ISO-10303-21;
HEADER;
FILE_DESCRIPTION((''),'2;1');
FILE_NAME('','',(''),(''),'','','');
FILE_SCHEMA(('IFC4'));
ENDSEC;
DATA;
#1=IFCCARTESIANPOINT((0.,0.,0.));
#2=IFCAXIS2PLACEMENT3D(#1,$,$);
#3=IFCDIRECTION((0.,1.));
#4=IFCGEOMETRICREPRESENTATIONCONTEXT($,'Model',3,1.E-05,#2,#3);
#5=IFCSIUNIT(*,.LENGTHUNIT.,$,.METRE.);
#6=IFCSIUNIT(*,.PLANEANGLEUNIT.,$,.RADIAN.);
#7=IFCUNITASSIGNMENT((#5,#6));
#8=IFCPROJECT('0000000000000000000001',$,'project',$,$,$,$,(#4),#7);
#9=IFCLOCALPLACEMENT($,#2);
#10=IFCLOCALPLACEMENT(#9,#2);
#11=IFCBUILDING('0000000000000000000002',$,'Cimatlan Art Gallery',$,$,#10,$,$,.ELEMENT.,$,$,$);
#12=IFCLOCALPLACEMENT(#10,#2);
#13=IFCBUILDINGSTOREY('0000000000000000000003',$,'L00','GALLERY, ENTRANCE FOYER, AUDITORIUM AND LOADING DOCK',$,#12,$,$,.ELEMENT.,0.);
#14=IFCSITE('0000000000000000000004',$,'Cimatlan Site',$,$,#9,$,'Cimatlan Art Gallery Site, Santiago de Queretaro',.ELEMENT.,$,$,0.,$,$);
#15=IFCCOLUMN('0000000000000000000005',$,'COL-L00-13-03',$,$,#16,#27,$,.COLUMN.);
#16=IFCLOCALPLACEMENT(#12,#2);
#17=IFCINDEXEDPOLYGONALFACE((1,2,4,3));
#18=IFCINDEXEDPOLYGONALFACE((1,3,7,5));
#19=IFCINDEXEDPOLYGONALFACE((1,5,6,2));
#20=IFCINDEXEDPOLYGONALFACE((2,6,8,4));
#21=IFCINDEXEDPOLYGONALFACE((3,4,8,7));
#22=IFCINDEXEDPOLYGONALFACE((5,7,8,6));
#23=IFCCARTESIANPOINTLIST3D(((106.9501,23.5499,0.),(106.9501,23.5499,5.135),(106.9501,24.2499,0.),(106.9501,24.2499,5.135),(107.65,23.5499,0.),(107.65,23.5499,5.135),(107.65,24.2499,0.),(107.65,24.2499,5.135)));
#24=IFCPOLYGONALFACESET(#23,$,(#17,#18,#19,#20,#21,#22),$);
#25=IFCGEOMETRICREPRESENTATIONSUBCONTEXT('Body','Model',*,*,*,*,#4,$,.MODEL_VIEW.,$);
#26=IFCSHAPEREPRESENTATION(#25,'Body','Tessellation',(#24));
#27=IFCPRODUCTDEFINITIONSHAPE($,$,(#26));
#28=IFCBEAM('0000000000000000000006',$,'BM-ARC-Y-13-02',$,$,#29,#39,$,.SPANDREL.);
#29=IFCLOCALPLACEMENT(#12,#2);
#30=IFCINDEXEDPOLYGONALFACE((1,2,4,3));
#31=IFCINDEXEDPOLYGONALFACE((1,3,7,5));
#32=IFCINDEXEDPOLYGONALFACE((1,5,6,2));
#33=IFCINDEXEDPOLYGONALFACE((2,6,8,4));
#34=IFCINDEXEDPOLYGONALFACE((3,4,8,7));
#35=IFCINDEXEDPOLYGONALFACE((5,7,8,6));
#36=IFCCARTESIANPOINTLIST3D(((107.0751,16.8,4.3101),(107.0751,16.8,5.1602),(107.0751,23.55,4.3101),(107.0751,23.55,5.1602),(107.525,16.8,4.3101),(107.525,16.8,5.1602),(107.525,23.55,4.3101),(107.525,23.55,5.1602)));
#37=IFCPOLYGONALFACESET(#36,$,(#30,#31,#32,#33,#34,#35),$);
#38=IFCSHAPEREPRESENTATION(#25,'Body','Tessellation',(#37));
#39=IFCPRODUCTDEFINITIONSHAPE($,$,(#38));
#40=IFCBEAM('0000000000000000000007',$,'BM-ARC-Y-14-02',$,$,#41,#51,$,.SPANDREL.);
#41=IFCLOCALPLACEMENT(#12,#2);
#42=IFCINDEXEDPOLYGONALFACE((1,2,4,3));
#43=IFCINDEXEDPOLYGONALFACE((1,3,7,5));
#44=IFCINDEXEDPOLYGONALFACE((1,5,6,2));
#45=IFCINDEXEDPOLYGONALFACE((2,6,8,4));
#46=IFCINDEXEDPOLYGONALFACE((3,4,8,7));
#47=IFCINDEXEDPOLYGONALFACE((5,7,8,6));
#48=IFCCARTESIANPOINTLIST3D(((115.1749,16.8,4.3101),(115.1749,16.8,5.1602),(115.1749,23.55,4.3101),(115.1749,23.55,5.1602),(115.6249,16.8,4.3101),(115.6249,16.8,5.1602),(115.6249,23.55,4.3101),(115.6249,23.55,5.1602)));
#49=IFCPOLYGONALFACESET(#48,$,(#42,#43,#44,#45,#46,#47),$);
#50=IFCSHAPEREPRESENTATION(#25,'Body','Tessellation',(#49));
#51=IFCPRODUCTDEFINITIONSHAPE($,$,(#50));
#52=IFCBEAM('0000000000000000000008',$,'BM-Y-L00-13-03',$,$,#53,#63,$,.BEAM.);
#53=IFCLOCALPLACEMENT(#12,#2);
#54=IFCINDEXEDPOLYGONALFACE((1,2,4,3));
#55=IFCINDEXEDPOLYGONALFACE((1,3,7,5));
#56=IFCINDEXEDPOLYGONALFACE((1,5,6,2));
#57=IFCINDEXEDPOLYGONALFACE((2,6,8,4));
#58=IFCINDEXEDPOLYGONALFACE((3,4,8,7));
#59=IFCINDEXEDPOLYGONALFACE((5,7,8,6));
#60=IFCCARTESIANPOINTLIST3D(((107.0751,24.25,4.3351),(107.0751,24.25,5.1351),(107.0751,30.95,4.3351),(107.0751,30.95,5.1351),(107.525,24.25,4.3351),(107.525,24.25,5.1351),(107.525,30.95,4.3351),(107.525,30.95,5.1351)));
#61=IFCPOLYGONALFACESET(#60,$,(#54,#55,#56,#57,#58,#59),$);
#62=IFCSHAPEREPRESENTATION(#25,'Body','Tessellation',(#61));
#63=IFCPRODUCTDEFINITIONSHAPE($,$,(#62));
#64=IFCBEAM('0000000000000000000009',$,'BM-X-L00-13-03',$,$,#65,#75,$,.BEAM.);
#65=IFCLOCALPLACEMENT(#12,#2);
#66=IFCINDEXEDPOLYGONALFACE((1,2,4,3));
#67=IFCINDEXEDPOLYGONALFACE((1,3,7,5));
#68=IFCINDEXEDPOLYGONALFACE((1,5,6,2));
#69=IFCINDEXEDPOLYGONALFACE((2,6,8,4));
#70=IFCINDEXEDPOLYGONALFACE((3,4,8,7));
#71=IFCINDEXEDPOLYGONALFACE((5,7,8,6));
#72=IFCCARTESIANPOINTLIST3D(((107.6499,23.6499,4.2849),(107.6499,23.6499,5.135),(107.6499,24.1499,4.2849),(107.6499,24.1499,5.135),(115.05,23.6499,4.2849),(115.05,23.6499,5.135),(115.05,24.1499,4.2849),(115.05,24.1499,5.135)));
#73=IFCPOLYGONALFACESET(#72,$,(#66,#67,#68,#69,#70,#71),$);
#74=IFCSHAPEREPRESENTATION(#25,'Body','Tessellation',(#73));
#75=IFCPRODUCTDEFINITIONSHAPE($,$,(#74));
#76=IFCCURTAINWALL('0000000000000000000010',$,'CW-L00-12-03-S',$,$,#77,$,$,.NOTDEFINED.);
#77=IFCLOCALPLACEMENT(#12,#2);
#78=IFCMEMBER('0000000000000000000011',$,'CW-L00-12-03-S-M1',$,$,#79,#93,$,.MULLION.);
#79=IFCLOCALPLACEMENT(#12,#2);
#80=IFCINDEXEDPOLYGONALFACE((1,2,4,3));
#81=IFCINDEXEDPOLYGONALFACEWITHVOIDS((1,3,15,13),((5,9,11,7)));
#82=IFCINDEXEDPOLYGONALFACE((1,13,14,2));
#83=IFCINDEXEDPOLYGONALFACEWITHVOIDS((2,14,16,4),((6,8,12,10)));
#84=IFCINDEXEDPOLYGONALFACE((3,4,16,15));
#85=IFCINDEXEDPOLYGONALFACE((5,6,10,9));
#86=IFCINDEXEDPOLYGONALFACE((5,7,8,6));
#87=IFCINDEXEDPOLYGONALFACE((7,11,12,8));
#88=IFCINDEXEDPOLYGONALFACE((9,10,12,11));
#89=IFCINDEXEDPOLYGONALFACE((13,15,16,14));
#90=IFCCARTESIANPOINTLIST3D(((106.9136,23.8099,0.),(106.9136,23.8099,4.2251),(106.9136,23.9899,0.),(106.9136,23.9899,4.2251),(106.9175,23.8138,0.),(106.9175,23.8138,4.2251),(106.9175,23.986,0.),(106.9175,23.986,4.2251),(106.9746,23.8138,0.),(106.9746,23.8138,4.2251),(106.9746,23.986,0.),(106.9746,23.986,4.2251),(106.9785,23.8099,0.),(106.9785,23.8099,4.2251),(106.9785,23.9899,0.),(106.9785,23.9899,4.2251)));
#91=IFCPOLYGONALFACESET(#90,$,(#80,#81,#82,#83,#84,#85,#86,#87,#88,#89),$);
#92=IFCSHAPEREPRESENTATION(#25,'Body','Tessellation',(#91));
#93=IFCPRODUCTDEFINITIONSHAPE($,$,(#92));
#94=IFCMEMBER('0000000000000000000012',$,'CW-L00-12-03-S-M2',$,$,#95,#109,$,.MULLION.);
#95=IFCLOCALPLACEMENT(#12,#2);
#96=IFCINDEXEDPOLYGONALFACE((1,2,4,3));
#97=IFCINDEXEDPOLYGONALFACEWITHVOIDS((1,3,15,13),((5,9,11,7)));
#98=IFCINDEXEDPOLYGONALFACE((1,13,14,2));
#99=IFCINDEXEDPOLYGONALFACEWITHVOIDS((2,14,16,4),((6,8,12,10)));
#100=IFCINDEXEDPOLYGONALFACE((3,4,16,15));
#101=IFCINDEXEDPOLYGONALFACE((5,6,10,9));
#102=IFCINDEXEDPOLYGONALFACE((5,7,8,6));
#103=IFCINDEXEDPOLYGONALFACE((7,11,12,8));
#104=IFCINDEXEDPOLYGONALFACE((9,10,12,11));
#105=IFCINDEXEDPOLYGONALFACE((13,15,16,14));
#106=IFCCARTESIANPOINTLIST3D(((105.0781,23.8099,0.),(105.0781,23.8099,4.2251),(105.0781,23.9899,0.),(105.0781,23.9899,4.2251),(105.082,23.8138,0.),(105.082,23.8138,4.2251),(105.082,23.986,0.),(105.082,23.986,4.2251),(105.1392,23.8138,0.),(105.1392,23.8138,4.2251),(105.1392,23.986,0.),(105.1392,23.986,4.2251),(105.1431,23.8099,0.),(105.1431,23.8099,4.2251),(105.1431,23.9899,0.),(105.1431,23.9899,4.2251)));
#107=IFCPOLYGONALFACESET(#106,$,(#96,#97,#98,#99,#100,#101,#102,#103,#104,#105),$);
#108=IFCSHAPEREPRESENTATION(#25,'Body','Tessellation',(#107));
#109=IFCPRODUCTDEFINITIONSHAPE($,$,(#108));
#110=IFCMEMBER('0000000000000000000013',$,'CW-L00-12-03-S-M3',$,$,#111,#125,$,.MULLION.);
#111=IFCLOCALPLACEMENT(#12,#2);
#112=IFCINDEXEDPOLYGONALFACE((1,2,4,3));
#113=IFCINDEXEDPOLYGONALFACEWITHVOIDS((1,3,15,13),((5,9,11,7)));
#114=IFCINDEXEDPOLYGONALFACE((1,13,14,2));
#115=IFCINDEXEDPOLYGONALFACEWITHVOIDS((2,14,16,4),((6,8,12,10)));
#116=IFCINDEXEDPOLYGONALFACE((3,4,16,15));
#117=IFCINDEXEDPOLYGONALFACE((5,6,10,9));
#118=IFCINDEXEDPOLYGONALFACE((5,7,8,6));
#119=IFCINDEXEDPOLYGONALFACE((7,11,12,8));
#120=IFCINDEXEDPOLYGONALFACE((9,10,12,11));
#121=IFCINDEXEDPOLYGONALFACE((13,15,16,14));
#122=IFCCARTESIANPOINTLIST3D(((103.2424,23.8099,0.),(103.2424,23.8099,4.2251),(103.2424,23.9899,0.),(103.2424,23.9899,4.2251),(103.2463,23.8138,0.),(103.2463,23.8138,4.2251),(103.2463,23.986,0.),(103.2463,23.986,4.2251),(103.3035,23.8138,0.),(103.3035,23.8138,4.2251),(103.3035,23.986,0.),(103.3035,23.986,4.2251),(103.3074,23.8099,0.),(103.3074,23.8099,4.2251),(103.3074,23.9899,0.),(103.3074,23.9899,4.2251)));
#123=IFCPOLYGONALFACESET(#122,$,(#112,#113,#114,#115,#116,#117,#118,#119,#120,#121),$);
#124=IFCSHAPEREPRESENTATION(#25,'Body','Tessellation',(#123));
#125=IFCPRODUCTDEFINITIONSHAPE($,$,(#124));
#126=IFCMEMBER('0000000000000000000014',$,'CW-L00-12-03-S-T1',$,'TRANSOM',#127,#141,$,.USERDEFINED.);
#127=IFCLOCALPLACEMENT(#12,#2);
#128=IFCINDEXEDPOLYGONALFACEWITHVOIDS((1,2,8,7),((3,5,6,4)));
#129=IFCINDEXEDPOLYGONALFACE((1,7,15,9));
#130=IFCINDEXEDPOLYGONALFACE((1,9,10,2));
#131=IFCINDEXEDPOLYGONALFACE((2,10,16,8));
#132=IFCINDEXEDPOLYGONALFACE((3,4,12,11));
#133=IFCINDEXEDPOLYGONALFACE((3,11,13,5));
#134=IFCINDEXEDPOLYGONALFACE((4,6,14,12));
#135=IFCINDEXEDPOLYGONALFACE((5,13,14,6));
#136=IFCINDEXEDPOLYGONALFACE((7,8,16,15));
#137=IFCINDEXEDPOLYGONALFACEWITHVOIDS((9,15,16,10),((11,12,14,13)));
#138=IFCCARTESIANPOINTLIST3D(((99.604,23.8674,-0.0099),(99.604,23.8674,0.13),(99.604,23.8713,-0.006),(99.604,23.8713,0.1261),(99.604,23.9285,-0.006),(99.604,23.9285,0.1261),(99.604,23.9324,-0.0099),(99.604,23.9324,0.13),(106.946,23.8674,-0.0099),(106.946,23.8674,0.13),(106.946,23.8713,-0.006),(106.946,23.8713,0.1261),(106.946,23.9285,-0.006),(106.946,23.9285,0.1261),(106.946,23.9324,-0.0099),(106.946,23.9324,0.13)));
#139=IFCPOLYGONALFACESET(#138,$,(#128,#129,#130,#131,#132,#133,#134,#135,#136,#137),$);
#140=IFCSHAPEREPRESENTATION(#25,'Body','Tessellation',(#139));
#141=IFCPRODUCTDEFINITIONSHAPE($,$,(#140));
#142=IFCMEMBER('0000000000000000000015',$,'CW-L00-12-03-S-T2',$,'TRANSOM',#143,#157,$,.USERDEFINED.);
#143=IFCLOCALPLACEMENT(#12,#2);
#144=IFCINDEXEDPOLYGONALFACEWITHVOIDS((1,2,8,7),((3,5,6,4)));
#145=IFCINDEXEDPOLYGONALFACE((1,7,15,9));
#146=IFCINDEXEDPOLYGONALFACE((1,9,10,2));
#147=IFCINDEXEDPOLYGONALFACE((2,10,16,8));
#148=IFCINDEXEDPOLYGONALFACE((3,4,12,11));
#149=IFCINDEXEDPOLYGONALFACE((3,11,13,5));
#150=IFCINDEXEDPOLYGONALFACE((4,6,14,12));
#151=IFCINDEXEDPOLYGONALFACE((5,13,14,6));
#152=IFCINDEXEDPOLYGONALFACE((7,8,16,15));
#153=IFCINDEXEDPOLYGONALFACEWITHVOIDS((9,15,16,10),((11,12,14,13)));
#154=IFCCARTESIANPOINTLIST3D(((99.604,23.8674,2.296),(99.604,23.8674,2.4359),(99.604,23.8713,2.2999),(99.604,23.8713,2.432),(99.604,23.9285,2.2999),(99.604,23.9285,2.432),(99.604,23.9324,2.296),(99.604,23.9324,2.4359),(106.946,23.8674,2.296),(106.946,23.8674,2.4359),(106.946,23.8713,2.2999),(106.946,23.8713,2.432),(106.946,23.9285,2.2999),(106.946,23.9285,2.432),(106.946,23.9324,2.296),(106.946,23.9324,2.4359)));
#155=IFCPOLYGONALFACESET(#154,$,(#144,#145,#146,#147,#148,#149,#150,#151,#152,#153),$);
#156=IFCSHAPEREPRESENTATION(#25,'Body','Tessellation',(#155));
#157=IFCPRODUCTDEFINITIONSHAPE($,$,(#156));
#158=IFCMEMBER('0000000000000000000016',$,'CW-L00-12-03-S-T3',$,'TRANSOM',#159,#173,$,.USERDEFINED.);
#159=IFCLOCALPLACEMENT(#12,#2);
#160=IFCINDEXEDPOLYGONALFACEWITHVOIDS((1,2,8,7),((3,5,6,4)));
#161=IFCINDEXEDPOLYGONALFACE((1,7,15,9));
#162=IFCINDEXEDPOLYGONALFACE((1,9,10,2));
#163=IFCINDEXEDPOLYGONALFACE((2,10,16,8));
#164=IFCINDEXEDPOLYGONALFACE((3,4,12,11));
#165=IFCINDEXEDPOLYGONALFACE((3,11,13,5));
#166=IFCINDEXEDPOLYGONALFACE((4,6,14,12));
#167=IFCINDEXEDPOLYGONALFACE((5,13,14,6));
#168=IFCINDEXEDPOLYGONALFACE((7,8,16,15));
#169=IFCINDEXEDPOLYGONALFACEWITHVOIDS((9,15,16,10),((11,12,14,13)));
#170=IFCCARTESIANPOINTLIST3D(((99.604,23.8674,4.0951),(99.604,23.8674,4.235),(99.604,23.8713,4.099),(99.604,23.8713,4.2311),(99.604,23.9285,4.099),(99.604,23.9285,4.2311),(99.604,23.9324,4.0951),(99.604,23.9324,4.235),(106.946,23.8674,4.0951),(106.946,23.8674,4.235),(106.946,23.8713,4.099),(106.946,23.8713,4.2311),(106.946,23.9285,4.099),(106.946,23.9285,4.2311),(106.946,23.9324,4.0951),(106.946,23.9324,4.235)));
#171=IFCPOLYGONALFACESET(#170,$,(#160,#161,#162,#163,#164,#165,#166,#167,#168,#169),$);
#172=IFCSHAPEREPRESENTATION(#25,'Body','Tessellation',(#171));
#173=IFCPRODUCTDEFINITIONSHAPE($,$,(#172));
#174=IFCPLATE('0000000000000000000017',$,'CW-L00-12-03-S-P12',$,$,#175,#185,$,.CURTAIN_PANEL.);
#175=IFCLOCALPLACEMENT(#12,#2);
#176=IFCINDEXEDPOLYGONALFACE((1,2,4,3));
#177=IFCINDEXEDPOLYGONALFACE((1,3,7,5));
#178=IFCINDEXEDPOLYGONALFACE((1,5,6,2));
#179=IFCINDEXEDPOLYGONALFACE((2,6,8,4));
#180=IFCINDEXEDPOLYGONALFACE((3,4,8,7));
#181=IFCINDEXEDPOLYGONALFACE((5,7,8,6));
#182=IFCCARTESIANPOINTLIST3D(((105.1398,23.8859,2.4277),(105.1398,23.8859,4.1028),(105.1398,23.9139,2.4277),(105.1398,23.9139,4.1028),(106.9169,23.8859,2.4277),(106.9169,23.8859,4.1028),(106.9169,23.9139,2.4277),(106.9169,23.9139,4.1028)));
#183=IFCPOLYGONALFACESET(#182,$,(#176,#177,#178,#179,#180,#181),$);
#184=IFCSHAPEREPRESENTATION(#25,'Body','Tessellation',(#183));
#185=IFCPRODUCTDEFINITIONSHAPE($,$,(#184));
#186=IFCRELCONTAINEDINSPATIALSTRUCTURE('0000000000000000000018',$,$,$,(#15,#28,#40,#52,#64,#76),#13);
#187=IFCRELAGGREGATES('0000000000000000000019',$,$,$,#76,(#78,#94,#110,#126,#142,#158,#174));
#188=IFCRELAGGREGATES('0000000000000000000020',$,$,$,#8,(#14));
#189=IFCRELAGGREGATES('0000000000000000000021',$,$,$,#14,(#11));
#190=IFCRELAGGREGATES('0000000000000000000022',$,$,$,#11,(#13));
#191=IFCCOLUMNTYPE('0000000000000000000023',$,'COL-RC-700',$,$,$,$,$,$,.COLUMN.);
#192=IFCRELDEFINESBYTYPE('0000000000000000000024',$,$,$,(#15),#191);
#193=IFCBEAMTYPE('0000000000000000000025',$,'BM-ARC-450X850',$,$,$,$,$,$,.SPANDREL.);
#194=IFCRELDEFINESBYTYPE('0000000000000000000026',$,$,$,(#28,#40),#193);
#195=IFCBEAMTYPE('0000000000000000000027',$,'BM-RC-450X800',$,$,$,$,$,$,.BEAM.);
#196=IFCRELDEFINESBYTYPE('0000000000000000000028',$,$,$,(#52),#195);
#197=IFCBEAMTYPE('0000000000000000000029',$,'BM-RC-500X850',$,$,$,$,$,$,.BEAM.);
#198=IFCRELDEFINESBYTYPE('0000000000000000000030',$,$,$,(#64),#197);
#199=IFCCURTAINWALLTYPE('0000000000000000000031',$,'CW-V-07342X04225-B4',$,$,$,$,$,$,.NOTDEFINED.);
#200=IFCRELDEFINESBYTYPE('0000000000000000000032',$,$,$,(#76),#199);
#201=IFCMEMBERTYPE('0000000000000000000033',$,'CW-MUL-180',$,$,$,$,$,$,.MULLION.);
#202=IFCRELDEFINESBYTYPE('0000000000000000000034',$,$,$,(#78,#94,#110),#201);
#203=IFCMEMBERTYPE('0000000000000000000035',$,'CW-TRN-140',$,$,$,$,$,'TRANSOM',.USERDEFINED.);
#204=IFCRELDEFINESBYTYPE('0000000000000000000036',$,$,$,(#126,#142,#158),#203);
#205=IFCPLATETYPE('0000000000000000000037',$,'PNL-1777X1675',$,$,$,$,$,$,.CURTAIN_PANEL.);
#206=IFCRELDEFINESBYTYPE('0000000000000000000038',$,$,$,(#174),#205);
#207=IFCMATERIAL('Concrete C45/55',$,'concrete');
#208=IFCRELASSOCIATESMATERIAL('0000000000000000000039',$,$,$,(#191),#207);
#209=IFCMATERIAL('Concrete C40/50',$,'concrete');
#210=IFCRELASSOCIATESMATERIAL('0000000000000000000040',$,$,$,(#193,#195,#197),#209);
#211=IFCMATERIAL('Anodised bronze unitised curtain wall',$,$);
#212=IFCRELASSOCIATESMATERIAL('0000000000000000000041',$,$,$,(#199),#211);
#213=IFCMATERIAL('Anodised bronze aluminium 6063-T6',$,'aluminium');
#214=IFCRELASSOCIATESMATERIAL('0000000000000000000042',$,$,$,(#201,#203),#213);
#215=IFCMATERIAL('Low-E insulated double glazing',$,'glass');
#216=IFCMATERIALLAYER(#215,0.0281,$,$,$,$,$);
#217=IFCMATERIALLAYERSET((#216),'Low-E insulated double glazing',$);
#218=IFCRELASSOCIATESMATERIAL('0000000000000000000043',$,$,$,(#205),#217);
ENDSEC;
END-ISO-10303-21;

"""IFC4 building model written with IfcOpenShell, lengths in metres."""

from ifc_helpers import new_model, si_unit, direction, frame, origin, origin_2d, place, context, subcontext, project, spatial, rectangle, hollow_rectangle, extrude, material, layer, layer_set, material_profile, profile_set, type_object, element, aggregate, save


model = new_model("IFC4")

# Units and contexts
model_context = context("Model", 3, precision=1e-05, world=origin(), true_north=direction((0.0, 1.0)))
body_context = subcontext(model_context, "Body", "Model", "MODEL_VIEW")
ifc_project = project(units=[si_unit("LENGTHUNIT", "METRE"), si_unit("PLANEANGLEUNIT", "RADIAN")], contexts=[model_context])

# Site, building, storey
site_placement = place(None, origin())
site = spatial("IfcSite", under=ifc_project, at=site_placement, Name="Cimatlan Site", LongName="Cimatlan Art Gallery Site, Santiago de Queretaro", CompositionType="ELEMENT", RefElevation=0.0)
building_placement = place(site_placement, origin())
building = spatial("IfcBuilding", under=site, at=building_placement, Name="Cimatlan Art Gallery", CompositionType="ELEMENT")
storey_placement = place(building_placement, origin())
storey = spatial("IfcBuildingStorey", under=building, at=storey_placement, Name="L00", Description="GALLERY, ENTRANCE FOYER, AUDITORIUM AND LOADING DOCK", CompositionType="ELEMENT", Elevation=0.0)

# Column
ifc_material_1 = material(Name="Concrete C45/55", Category="concrete")
ifc_material_profile_1 = material_profile(ifc_material_1, rectangle(XDim=0.7, YDim=0.7, at=origin_2d()), Name="RC700X700")
ifc_profile_set_1 = profile_set([ifc_material_profile_1], Name="Concrete C45/55")
column_type = type_object("IfcColumnType", Name="COL-RC-700", PredefinedType="COLUMN", material=ifc_profile_set_1)
column_placement = place(storey_placement, frame((107.3, 23.8999, 0.0), z_axis=(0.0, 0.0, 1.0), x_axis=(1.0, 0.0, 0.0)))
element("IfcColumn", 1, at=column_placement, inside=storey, type_object=column_type, Name="COL-L00-13-03", PredefinedType="COLUMN", context=body_context, shape_type="SweptSolid", body=[
    extrude(rectangle(XDim=0.7, YDim=0.7, at=origin_2d()), origin(), (0.0, 0.0, 1.0), 5.135),
])

# Beams
ifc_material_2 = material(Name="Concrete C40/50", Category="concrete")
ifc_material_profile_2 = material_profile(ifc_material_2, rectangle(XDim=0.45, YDim=0.8501, at=origin_2d()), Name="RC450X850")
ifc_profile_set_2 = profile_set([ifc_material_profile_2], Name="Concrete C40/50")
beam_type_1 = type_object("IfcBeamType", Name="BM-ARC-450X850", PredefinedType="SPANDREL", material=ifc_profile_set_2)
for number, where, z_axis, x_axis, name in (
    (2, (107.3, 16.8, 4.7351), (0.0, 1.0, 0.0), (-1.0, 0.0, 0.0), "BM-ARC-Y-13-02"),
    (3, (115.3999, 16.8, 4.7351), (0.0, 1.0, 0.0), (-1.0, 0.0, 0.0), "BM-ARC-Y-14-02"),
):
    element("IfcBeam", number, at=place(storey_placement, frame(where, z_axis=z_axis, x_axis=x_axis)), inside=storey, type_object=beam_type_1, Name=name, PredefinedType="SPANDREL", context=body_context, shape_type="SweptSolid", body=[
        extrude(rectangle(XDim=0.45, YDim=0.8501, at=origin_2d()), origin(), (0.0, 0.0, 1.0), 6.75),
    ])
ifc_material_profile_3 = material_profile(ifc_material_2, rectangle(XDim=0.45, YDim=0.8, at=origin_2d()), Name="RC450X800")
ifc_profile_set_3 = profile_set([ifc_material_profile_3], Name="Concrete C40/50")
beam_type_2 = type_object("IfcBeamType", Name="BM-RC-450X800", PredefinedType="BEAM", material=ifc_profile_set_3)
beam_1_placement = place(storey_placement, frame((107.3, 24.25, 4.7351), z_axis=(0.0, 1.0, 0.0), x_axis=(-1.0, 0.0, 0.0)))
element("IfcBeam", 4, at=beam_1_placement, inside=storey, type_object=beam_type_2, Name="BM-Y-L00-13-03", PredefinedType="BEAM", context=body_context, shape_type="SweptSolid", body=[
    extrude(rectangle(XDim=0.45, YDim=0.8, at=origin_2d()), origin(), (0.0, 0.0, 1.0), 6.7),
])
ifc_material_profile_4 = material_profile(ifc_material_2, rectangle(XDim=0.5, YDim=0.8501, at=origin_2d()), Name="RC500X850")
ifc_profile_set_4 = profile_set([ifc_material_profile_4], Name="Concrete C40/50")
beam_type_3 = type_object("IfcBeamType", Name="BM-RC-500X850", PredefinedType="BEAM", material=ifc_profile_set_4)
beam_2_placement = place(storey_placement, frame((107.6499, 23.8999, 4.71), z_axis=(1.0, 0.0, 0.0), x_axis=(0.0, 1.0, 0.0)))
element("IfcBeam", 5, at=beam_2_placement, inside=storey, type_object=beam_type_3, Name="BM-X-L00-13-03", PredefinedType="BEAM", context=body_context, shape_type="SweptSolid", body=[
    extrude(rectangle(XDim=0.5, YDim=0.8501, at=origin_2d()), origin(), (0.0, 0.0, 1.0), 7.4001),
])

# Curtain wall, members, plate
ifc_material_3 = material(Name="Anodised bronze unitised curtain wall")
curtain_wall_type = type_object("IfcCurtainWallType", Name="CW-V-07342X04225-B4", PredefinedType="NOTDEFINED", material=ifc_material_3)
curtain_wall_placement = place(storey_placement, origin())
curtain_wall = element("IfcCurtainWall", 6, at=curtain_wall_placement, inside=storey, type_object=curtain_wall_type, Name="CW-L00-12-03-S", PredefinedType="NOTDEFINED")
ifc_material_4 = material(Name="Anodised bronze aluminium 6063-T6", Category="aluminium")
ifc_material_profile_5 = material_profile(ifc_material_4, hollow_rectangle(XDim=0.0649, YDim=0.1799, WallThickness=0.0039, at=origin_2d()), Name="ALU65X180X4")
ifc_profile_set_5 = profile_set([ifc_material_profile_5], Name="Anodised bronze aluminium 6063-T6")
member_type_1 = type_object("IfcMemberType", Name="CW-MUL-180", PredefinedType="MULLION", material=ifc_profile_set_5)
member_1_placement = place(storey_placement, frame((106.946, 23.8999, 0.0), z_axis=(0.0, 0.0, 1.0), x_axis=(1.0, 0.0, 0.0)))
member_1 = element("IfcMember", 7, at=member_1_placement, type_object=member_type_1, Name="CW-L00-12-03-S-M1", PredefinedType="MULLION", context=body_context, shape_type="SweptSolid", body=[
    extrude(hollow_rectangle(XDim=0.0649, YDim=0.1799, WallThickness=0.0039, at=origin_2d()), origin(), (0.0, 0.0, 1.0), 4.2251),
])
member_2_placement = place(storey_placement, frame((105.1106, 23.8999, 0.0), z_axis=(0.0, 0.0, 1.0), x_axis=(1.0, 0.0, 0.0)))
member_2 = element("IfcMember", 8, at=member_2_placement, type_object=member_type_1, Name="CW-L00-12-03-S-M2", PredefinedType="MULLION", context=body_context, shape_type="SweptSolid", body=[
    extrude(hollow_rectangle(XDim=0.0649, YDim=0.1799, WallThickness=0.0039, at=origin_2d()), origin(), (0.0, 0.0, 1.0), 4.2251),
])
member_3_placement = place(storey_placement, frame((103.2749, 23.8999, 0.0), z_axis=(0.0, 0.0, 1.0), x_axis=(1.0, 0.0, 0.0)))
member_3 = element("IfcMember", 9, at=member_3_placement, type_object=member_type_1, Name="CW-L00-12-03-S-M3", PredefinedType="MULLION", context=body_context, shape_type="SweptSolid", body=[
    extrude(hollow_rectangle(XDim=0.0649, YDim=0.1799, WallThickness=0.0039, at=origin_2d()), origin(), (0.0, 0.0, 1.0), 4.2251),
])
ifc_material_profile_6 = material_profile(ifc_material_4, hollow_rectangle(XDim=0.0649, YDim=0.1399, WallThickness=0.0039, at=origin_2d()), Name="ALU65X140X4")
ifc_profile_set_6 = profile_set([ifc_material_profile_6], Name="Anodised bronze aluminium 6063-T6")
member_type_2 = type_object("IfcMemberType", Name="CW-TRN-140", ElementType="TRANSOM", PredefinedType="USERDEFINED", material=ifc_profile_set_6)
member_4_placement = place(storey_placement, frame((106.946, 23.8999, 0.0601), z_axis=(-1.0, 0.0, 0.0), x_axis=(0.0, -1.0, 0.0)))
member_4 = element("IfcMember", 10, at=member_4_placement, type_object=member_type_2, Name="CW-L00-12-03-S-T1", ObjectType="TRANSOM", PredefinedType="USERDEFINED", context=body_context, shape_type="SweptSolid", body=[
    extrude(hollow_rectangle(XDim=0.0649, YDim=0.1399, WallThickness=0.0039, at=origin_2d()), origin(), (0.0, 0.0, 1.0), 7.342),
])
member_5_placement = place(storey_placement, frame((106.946, 23.8999, 2.366), z_axis=(-1.0, 0.0, 0.0), x_axis=(0.0, -1.0, 0.0)))
member_5 = element("IfcMember", 11, at=member_5_placement, type_object=member_type_2, Name="CW-L00-12-03-S-T2", ObjectType="TRANSOM", PredefinedType="USERDEFINED", context=body_context, shape_type="SweptSolid", body=[
    extrude(hollow_rectangle(XDim=0.0649, YDim=0.1399, WallThickness=0.0039, at=origin_2d()), origin(), (0.0, 0.0, 1.0), 7.342),
])
member_6_placement = place(storey_placement, frame((106.946, 23.8999, 4.165), z_axis=(-1.0, 0.0, 0.0), x_axis=(0.0, -1.0, 0.0)))
member_6 = element("IfcMember", 12, at=member_6_placement, type_object=member_type_2, Name="CW-L00-12-03-S-T3", ObjectType="TRANSOM", PredefinedType="USERDEFINED", context=body_context, shape_type="SweptSolid", body=[
    extrude(hollow_rectangle(XDim=0.0649, YDim=0.1399, WallThickness=0.0039, at=origin_2d()), origin(), (0.0, 0.0, 1.0), 7.342),
])
ifc_material_5 = material(Name="Low-E insulated double glazing", Category="glass")
ifc_layer_1 = layer(ifc_material_5, 0.0281)
ifc_layer_set_1 = layer_set([ifc_layer_1], Name="Low-E insulated double glazing")
plate_type_1 = type_object("IfcPlateType", Name="PNL-1777X1675", PredefinedType="CURTAIN_PANEL", material=ifc_layer_set_1)
plate_1_placement = place(storey_placement, frame((106.0283, 23.8999, 2.4277), z_axis=(0.0, 0.0, 1.0), x_axis=(-1.0, 0.0, 0.0)))
plate_1 = element("IfcPlate", 13, at=plate_1_placement, type_object=plate_type_1, Name="CW-L00-12-03-S-P12", PredefinedType="CURTAIN_PANEL", context=body_context, shape_type="SweptSolid", body=[
    extrude(rectangle(XDim=1.7771, YDim=0.0281, at=origin_2d()), origin(), (0.0, 0.0, 1.0), 1.675),
])
aggregate(curtain_wall, [member_1, member_2, member_3, member_4, member_5, member_6, plate_1])

save(model, "model.ifc")
